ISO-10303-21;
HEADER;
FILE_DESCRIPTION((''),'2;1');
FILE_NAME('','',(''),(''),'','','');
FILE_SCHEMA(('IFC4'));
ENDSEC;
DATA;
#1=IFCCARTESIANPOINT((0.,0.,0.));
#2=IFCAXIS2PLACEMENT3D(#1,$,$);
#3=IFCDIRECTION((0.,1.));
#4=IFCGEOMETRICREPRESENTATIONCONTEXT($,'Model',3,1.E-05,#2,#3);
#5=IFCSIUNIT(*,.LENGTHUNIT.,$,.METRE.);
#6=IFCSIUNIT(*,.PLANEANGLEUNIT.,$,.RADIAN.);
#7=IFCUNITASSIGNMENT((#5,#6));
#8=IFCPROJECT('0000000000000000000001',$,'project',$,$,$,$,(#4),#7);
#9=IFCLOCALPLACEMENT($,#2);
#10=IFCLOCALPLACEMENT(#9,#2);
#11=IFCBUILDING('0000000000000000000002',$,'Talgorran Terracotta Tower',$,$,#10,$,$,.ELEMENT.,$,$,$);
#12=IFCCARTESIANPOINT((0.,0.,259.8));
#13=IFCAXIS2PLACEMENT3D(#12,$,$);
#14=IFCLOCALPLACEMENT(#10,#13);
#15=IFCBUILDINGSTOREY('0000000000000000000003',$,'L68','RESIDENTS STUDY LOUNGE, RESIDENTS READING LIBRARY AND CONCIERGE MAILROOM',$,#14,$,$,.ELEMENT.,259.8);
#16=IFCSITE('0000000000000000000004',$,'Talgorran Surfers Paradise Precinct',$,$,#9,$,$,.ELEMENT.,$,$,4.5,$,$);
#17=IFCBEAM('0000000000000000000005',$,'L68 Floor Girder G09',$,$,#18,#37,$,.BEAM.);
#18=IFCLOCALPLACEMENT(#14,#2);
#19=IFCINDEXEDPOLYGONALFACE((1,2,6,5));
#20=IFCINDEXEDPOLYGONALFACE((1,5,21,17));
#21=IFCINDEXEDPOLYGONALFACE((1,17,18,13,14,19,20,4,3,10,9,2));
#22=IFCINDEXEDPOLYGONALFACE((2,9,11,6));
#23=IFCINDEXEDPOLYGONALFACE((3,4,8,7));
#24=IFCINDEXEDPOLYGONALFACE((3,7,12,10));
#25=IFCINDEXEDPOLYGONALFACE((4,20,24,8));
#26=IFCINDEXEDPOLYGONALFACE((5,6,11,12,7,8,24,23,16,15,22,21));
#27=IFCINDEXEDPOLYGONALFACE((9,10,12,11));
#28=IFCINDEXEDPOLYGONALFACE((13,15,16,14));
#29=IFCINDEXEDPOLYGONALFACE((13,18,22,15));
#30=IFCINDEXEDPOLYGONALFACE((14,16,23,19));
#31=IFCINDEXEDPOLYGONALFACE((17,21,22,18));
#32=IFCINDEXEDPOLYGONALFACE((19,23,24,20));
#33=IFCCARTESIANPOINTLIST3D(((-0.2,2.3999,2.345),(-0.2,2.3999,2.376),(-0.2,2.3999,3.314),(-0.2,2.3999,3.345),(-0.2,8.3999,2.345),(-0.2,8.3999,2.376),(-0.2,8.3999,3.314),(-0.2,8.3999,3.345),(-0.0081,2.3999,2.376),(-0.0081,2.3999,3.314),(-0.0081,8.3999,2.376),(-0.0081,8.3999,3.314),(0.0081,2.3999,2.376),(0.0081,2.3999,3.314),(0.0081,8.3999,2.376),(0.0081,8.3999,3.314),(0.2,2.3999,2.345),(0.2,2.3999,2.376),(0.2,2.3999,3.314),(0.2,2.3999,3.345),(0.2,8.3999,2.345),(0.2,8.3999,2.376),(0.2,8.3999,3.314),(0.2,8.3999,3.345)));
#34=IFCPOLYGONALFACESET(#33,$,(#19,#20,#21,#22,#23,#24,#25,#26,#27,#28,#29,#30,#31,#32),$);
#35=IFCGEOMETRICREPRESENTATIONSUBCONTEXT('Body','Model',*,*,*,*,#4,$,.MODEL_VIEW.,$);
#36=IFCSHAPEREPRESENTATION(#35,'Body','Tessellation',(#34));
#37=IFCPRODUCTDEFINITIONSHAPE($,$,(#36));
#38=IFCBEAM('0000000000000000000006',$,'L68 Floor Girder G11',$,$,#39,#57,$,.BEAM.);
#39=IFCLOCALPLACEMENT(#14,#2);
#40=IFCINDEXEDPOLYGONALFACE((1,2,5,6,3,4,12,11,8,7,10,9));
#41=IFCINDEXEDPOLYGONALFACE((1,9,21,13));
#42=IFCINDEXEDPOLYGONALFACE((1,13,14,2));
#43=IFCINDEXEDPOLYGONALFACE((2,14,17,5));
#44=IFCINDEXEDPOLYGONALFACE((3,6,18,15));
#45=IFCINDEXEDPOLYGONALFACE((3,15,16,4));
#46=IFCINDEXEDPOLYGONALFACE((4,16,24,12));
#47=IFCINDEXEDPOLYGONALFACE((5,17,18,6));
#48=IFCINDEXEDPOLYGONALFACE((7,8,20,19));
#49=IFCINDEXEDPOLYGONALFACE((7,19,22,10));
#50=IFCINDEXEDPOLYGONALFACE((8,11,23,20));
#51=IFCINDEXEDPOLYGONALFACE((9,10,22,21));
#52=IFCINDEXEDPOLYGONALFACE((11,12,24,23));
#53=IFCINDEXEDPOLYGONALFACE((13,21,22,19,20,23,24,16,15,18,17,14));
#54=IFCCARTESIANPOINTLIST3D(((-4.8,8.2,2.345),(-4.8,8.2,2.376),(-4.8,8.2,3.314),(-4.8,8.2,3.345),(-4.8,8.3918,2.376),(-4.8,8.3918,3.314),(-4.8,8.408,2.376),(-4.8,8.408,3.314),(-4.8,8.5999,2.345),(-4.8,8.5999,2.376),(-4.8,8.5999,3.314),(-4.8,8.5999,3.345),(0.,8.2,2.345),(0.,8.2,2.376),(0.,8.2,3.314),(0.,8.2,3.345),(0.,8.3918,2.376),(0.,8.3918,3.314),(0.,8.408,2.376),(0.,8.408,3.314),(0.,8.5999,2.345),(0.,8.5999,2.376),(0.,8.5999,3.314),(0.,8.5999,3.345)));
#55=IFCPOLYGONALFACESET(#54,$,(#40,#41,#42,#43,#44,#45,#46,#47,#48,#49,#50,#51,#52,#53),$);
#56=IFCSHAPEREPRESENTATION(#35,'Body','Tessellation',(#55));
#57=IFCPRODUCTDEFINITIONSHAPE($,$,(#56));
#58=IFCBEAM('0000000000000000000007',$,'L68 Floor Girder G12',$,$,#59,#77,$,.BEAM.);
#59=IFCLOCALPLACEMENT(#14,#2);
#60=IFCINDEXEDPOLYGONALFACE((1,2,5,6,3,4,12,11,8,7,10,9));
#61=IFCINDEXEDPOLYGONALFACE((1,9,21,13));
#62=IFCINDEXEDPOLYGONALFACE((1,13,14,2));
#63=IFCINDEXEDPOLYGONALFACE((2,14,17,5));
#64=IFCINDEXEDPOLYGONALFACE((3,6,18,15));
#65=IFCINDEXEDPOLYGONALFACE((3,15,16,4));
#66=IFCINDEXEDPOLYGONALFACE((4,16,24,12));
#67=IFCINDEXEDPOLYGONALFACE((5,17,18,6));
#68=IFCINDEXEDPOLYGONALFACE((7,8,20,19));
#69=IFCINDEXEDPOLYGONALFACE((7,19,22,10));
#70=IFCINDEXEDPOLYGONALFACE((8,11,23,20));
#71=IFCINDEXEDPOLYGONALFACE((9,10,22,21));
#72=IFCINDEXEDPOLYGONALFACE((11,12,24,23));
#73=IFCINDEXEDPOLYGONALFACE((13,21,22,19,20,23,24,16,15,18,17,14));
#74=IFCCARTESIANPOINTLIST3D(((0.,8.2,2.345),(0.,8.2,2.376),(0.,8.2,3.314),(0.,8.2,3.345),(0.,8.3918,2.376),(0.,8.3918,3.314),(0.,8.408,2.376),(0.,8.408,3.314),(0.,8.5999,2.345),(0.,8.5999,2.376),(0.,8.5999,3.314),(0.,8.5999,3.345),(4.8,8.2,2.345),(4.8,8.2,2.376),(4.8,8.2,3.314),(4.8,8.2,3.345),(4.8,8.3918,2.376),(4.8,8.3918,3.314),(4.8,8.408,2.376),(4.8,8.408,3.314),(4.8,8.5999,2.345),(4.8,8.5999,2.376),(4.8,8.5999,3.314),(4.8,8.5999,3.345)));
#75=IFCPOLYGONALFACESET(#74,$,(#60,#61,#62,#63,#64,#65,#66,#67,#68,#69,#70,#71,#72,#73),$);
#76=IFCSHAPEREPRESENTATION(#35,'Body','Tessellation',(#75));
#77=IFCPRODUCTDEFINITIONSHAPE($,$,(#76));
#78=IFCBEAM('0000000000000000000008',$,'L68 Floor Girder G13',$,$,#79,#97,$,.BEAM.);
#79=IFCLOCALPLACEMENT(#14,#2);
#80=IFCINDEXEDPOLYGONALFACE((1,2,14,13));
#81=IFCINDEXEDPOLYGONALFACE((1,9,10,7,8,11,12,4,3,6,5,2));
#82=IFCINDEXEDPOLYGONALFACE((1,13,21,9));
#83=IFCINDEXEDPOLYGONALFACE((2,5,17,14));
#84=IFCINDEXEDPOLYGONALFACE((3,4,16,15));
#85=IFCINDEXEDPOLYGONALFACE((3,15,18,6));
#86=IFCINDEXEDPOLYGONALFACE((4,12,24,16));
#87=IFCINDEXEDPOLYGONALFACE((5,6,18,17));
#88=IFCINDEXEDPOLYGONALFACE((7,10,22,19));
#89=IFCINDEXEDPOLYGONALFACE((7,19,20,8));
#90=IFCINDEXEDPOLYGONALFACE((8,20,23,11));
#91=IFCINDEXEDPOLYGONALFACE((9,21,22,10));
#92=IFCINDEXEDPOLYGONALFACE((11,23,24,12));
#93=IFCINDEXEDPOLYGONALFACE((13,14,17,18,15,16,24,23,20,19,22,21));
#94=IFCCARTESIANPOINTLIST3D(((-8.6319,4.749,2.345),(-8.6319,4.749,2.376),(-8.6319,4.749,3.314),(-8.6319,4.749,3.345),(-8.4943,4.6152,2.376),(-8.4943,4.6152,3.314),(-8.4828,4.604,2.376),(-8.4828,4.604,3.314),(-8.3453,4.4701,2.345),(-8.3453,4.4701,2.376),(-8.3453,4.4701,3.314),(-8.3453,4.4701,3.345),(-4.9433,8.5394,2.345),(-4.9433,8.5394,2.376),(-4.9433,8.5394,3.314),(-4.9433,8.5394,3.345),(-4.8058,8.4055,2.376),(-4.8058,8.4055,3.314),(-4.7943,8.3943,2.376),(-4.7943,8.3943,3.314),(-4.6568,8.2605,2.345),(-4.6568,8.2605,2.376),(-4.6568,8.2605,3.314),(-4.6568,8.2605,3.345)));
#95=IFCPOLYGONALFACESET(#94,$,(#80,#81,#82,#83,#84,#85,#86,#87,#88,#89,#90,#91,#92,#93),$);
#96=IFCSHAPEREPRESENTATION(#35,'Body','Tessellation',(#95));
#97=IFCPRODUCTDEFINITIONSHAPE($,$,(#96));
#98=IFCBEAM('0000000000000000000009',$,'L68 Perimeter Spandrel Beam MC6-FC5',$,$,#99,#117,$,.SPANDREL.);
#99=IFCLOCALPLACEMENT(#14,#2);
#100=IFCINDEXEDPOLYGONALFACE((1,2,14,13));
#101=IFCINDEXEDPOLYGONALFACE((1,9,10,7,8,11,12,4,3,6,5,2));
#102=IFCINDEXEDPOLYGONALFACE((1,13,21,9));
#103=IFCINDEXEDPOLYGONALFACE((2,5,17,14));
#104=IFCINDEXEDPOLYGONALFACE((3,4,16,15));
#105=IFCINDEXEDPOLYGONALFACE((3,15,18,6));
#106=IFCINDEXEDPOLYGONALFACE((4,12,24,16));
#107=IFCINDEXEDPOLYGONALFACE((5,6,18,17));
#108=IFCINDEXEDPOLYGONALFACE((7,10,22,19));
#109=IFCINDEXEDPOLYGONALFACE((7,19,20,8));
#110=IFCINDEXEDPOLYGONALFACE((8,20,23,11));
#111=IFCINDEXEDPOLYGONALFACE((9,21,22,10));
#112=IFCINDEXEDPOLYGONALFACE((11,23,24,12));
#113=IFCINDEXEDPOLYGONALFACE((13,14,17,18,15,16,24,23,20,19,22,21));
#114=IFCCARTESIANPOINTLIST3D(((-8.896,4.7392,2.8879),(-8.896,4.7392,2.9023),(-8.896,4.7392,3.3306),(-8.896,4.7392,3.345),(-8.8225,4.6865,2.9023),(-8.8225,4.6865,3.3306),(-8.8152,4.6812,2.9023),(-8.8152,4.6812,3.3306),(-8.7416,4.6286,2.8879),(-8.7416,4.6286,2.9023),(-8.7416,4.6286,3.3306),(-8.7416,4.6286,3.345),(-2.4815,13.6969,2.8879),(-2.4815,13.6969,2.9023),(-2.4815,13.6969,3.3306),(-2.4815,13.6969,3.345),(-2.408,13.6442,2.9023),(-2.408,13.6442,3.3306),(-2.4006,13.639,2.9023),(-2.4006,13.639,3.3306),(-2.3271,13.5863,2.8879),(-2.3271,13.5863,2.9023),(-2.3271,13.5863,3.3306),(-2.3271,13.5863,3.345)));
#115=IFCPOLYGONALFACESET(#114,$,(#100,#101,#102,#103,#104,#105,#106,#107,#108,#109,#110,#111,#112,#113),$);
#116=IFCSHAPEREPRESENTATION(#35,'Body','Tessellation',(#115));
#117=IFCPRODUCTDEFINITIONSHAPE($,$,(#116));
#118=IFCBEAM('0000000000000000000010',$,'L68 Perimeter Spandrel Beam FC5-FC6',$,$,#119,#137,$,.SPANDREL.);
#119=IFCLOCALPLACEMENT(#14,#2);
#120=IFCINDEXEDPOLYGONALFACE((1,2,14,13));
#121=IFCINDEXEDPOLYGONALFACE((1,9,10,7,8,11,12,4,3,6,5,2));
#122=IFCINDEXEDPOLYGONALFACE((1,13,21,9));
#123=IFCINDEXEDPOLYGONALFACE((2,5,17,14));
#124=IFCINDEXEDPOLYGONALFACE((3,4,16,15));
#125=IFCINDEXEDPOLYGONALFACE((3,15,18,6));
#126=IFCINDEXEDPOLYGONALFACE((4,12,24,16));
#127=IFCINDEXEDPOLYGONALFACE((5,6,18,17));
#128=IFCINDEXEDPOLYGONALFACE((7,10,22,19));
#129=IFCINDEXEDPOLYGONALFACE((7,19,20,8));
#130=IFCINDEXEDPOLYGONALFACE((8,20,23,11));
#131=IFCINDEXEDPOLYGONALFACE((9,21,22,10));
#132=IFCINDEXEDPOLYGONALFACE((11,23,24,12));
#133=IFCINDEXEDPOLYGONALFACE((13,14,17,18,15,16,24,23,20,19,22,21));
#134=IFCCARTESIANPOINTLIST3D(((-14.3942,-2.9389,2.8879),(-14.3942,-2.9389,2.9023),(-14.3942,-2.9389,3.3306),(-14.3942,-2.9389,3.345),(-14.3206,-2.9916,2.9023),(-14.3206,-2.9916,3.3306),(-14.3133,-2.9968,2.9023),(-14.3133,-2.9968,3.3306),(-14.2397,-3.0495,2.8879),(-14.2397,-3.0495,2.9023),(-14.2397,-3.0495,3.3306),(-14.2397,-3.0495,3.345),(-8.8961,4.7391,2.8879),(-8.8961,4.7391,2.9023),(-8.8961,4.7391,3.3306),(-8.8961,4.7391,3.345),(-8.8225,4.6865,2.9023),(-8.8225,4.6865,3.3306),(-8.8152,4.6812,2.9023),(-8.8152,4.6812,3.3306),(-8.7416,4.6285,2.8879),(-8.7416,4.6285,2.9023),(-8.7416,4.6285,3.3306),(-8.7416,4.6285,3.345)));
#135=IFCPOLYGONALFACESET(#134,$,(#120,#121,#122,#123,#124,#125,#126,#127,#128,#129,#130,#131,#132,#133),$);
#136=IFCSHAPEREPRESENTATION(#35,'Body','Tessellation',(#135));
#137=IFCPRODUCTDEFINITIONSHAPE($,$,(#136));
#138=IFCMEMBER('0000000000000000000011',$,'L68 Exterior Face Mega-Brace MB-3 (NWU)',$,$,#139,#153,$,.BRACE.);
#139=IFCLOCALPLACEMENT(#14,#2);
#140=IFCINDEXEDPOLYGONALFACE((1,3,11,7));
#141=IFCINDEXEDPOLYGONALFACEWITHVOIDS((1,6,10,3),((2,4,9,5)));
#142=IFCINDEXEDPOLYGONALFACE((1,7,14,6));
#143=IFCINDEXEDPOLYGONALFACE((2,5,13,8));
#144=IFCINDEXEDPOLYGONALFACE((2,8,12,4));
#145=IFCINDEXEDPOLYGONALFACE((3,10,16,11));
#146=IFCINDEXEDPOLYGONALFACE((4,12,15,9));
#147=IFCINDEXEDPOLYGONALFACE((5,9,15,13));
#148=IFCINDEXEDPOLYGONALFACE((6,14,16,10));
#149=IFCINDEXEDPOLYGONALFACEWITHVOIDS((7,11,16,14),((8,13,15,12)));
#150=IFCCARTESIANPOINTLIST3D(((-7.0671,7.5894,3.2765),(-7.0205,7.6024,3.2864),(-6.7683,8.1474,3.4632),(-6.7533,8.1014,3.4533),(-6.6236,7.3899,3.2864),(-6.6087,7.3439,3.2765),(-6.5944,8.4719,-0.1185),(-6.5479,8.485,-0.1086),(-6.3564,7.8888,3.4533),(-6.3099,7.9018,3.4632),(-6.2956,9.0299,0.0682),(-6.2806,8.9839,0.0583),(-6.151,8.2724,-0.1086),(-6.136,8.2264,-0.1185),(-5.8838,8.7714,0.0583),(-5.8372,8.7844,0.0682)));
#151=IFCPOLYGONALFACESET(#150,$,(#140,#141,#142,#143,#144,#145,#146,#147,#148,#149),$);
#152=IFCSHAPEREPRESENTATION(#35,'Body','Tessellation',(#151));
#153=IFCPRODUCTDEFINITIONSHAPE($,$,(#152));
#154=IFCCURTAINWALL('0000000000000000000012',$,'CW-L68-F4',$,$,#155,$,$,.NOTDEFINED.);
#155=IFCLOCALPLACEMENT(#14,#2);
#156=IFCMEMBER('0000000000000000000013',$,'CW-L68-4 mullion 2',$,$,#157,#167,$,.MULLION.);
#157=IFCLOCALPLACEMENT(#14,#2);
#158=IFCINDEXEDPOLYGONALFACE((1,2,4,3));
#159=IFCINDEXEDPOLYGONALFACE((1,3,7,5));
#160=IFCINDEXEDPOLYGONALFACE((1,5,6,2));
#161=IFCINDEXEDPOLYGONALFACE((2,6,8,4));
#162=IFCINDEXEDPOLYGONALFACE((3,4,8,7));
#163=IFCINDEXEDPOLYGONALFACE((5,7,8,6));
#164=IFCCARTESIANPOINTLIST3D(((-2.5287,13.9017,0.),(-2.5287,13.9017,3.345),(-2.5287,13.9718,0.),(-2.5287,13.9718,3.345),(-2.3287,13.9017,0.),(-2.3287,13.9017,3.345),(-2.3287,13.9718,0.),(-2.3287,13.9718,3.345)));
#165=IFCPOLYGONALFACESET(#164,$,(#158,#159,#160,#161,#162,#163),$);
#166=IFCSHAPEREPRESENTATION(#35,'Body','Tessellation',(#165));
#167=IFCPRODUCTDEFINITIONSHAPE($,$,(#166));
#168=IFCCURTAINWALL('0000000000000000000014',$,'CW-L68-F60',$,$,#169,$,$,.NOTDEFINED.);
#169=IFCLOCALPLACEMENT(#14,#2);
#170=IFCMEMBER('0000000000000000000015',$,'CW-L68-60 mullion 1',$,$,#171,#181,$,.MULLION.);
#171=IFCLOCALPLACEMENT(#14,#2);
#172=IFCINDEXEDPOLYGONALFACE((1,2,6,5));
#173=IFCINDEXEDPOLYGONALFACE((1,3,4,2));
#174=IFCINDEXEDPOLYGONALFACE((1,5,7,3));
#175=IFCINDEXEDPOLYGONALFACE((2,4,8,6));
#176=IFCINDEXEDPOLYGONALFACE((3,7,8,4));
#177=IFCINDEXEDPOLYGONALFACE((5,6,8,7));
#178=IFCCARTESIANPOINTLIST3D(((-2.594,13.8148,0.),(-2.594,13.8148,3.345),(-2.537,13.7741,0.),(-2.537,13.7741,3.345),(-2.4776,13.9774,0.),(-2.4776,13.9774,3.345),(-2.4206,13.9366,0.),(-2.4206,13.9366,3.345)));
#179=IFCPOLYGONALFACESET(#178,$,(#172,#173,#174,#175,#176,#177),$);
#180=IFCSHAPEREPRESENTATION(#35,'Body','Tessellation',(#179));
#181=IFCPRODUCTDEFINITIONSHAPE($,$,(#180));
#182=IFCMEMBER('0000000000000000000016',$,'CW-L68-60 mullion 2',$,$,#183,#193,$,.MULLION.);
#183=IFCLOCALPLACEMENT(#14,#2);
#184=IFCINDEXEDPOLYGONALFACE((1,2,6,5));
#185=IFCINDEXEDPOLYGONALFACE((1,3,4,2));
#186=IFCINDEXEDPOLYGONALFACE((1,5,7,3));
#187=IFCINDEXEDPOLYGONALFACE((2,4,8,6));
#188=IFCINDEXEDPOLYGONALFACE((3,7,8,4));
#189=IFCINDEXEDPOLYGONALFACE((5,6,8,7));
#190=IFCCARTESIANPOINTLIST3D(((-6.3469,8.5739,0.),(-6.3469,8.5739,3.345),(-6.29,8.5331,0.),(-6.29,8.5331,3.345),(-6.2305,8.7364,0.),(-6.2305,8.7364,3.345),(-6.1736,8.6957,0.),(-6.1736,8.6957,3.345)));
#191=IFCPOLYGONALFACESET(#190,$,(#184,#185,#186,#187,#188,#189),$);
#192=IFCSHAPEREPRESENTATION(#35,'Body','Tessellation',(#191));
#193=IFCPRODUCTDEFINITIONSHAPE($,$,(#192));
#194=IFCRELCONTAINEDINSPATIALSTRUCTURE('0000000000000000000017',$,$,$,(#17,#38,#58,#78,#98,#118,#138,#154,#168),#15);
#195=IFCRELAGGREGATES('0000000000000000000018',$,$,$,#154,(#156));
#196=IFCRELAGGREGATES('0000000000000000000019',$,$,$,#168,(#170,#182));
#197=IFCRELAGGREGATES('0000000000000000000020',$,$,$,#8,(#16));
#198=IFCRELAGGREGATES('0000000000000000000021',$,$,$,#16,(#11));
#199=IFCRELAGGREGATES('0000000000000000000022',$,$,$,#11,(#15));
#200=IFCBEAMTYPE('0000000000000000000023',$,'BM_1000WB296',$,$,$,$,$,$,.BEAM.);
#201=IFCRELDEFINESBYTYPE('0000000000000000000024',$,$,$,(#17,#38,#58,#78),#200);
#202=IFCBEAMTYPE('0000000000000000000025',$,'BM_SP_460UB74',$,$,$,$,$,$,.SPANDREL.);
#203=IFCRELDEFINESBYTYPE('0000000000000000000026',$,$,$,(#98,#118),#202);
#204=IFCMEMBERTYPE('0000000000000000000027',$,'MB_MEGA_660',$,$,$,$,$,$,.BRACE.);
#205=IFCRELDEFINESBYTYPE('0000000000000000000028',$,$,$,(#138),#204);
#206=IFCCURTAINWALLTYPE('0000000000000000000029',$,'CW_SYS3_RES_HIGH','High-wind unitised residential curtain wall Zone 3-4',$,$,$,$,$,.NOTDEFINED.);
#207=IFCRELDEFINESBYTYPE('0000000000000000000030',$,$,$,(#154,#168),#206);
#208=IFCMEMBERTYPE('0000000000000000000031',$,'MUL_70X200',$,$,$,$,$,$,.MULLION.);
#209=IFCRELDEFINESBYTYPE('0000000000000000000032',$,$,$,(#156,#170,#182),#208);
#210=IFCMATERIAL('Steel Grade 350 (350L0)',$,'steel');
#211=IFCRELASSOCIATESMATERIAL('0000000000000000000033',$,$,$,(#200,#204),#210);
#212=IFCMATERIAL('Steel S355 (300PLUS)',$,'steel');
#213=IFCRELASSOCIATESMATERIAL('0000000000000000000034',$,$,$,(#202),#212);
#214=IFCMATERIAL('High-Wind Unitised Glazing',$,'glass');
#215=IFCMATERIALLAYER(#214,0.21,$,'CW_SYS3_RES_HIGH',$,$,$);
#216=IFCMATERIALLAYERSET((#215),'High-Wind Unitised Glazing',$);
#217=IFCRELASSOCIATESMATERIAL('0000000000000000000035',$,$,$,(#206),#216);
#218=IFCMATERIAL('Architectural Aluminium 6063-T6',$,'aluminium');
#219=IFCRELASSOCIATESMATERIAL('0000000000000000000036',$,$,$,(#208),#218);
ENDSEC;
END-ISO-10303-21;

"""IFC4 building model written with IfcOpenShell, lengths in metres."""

from ifc_helpers import new_model, si_unit, direction, frame, origin, origin_2d, place, context, subcontext, project, spatial, rectangle, hollow_rectangle, i_section, extrude, material, layer, layer_set, material_profile, profile_set, type_object, element, aggregate, save


model = new_model("IFC4")

# Units and contexts
model_context = context("Model", 3, precision=1e-05, world=origin(), true_north=direction((0.0, 1.0)))
body_context = subcontext(model_context, "Body", "Model", "MODEL_VIEW")
ifc_project = project(units=[si_unit("LENGTHUNIT", "METRE"), si_unit("PLANEANGLEUNIT", "RADIAN")], contexts=[model_context])

# Site, building, storey
site_placement = place(None, origin())
site = spatial("IfcSite", under=ifc_project, at=site_placement, Name="Talgorran Surfers Paradise Precinct", CompositionType="ELEMENT", RefElevation=4.5)
building_placement = place(site_placement, origin())
building = spatial("IfcBuilding", under=site, at=building_placement, Name="Talgorran Terracotta Tower", CompositionType="ELEMENT")
storey_placement = place(building_placement, frame((0.0, 0.0, 259.8)))
storey = spatial("IfcBuildingStorey", under=building, at=storey_placement, Name="L68", Description="RESIDENTS STUDY LOUNGE, RESIDENTS READING LIBRARY AND CONCIERGE MAILROOM", CompositionType="ELEMENT", Elevation=259.8)

# Shared definitions
ifc_material_1 = material(Name="Steel S355 (300PLUS)", Category="steel")
ifc_material_2 = material(Name="Steel Grade 350 (350L0)", Category="steel")

# Beams
ifc_material_profile_1 = material_profile(ifc_material_2, i_section(OverallWidth=0.3999, OverallDepth=1.0, WebThickness=0.0161, FlangeThickness=0.031, at=origin_2d()), Name="1000WB296")
ifc_profile_set_1 = profile_set([ifc_material_profile_1], Name="Steel Grade 350 (350L0)")
beam_type_1 = type_object("IfcBeamType", Name="BM_1000WB296", PredefinedType="BEAM", material=ifc_profile_set_1)
beam_1_placement = place(storey_placement, frame((0.0, 2.3999, 2.845), z_axis=(0.0, 1.0, 0.0), x_axis=(-1.0, 0.0, 0.0)))
element("IfcBeam", 1, at=beam_1_placement, inside=storey, type_object=beam_type_1, Name="L68 Floor Girder G09", PredefinedType="BEAM", context=body_context, shape_type="SweptSolid", body=[
    extrude(i_section(OverallWidth=0.3999, OverallDepth=1.0, WebThickness=0.0161, FlangeThickness=0.031, at=origin_2d()), origin(), (0.0, 0.0, 1.0), 6.0),
])
for number, where, z_axis, x_axis, name in (
    (2, (-4.8, 8.3999, 2.845), (1.0, 0.0, 0.0), (0.0, 1.0, 0.0), "L68 Floor Girder G11"),
    (3, (0.0, 8.3999, 2.845), (1.0, 0.0, 0.0), (0.0, 1.0, 0.0), "L68 Floor Girder G12"),
):
    element("IfcBeam", number, at=place(storey_placement, frame(where, z_axis=z_axis, x_axis=x_axis)), inside=storey, type_object=beam_type_1, Name=name, PredefinedType="BEAM", context=body_context, shape_type="SweptSolid", body=[
        extrude(i_section(OverallWidth=0.3999, OverallDepth=1.0, WebThickness=0.0161, FlangeThickness=0.031, at=origin_2d()), origin(), (0.0, 0.0, 1.0), 4.8),
    ])
beam_2_placement = place(storey_placement, frame((-4.8, 8.3999, 2.845), z_axis=(-0.697416, -0.716666, 0.0), x_axis=(0.716666, -0.697416, 0.0)))
element("IfcBeam", 4, at=beam_2_placement, inside=storey, type_object=beam_type_1, Name="L68 Floor Girder G13", PredefinedType="BEAM", context=body_context, shape_type="SweptSolid", body=[
    extrude(i_section(OverallWidth=0.3999, OverallDepth=1.0, WebThickness=0.0161, FlangeThickness=0.031, at=origin_2d()), origin(), (0.0, 0.0, 1.0), 5.2888),
])
ifc_material_profile_2 = material_profile(ifc_material_1, i_section(OverallWidth=0.1899, OverallDepth=0.457, WebThickness=0.009, FlangeThickness=0.0144, at=origin_2d()), Name="460UB74.6")
ifc_profile_set_2 = profile_set([ifc_material_profile_2], Name="Steel S355 (300PLUS)")
beam_type_2 = type_object("IfcBeamType", Name="BM_SP_460UB74", PredefinedType="SPANDREL", material=ifc_profile_set_2)
beam_3_placement = place(storey_placement, frame((-2.4043, 13.6416, 3.1165), z_axis=(-0.582208, -0.81304, 0.0), x_axis=(0.81304, -0.582208, 0.0)))
element("IfcBeam", 5, at=beam_3_placement, inside=storey, type_object=beam_type_2, Name="L68 Perimeter Spandrel Beam MC6-FC5", PredefinedType="SPANDREL", context=body_context, shape_type="SweptSolid", body=[
    extrude(i_section(OverallWidth=0.1899, OverallDepth=0.457, WebThickness=0.009, FlangeThickness=0.0144, at=origin_2d()), origin(), (0.0, 0.0, 1.0), 11.0176),
])
beam_4_placement = place(storey_placement, frame((-8.8188, 4.6838, 3.1165), z_axis=(-0.582204, -0.813043, 0.0), x_axis=(0.813043, -0.582204, 0.0)))
element("IfcBeam", 6, at=beam_4_placement, inside=storey, type_object=beam_type_2, Name="L68 Perimeter Spandrel Beam FC5-FC6", PredefinedType="SPANDREL", context=body_context, shape_type="SweptSolid", body=[
    extrude(i_section(OverallWidth=0.1899, OverallDepth=0.457, WebThickness=0.009, FlangeThickness=0.0144, at=origin_2d()), origin(), (0.0, 0.0, 1.0), 9.4436),
])

# Member
ifc_material_profile_3 = material_profile(ifc_material_2, hollow_rectangle(XDim=0.52, YDim=0.6599, WallThickness=0.0349, at=origin_2d()), Name="WBOX660X520X35")
ifc_profile_set_3 = profile_set([ifc_material_profile_3], Name="Steel Grade 350 (350L0)")
member_type_1 = type_object("IfcMemberType", Name="MB_MEGA_660", PredefinedType="BRACE", material=ifc_profile_set_3)
member_1_placement = place(storey_placement, frame((-6.2158, 8.6282, -0.0251), z_axis=(-0.133535, -0.249344, 0.959164), x_axis=(0.881542, -0.472106, 0.0)))
element("IfcMember", 7, at=member_1_placement, inside=storey, type_object=member_type_1, Name="L68 Exterior Face Mega-Brace MB-3 (NWU)", PredefinedType="BRACE", context=body_context, shape_type="SweptSolid", body=[
    extrude(hollow_rectangle(XDim=0.52, YDim=0.6599, WallThickness=0.0349, at=origin_2d()), origin(), (0.0, 0.0, 1.0), 3.5396),
])

# Curtain wall, member
ifc_material_3 = material(Name="High-Wind Unitised Glazing", Category="glass")
ifc_layer_1 = layer(ifc_material_3, 0.21, Name="CW_SYS3_RES_HIGH")
ifc_layer_set_1 = layer_set([ifc_layer_1], Name="High-Wind Unitised Glazing")
curtain_wall_type = type_object("IfcCurtainWallType", Name="CW_SYS3_RES_HIGH", Description="High-wind unitised residential curtain wall Zone 3-4", PredefinedType="NOTDEFINED", material=ifc_layer_set_1)
curtain_wall_1_placement = place(storey_placement, origin())
curtain_wall_1 = element("IfcCurtainWall", 8, at=curtain_wall_1_placement, inside=storey, type_object=curtain_wall_type, Name="CW-L68-F4", PredefinedType="NOTDEFINED")
ifc_material_4 = material(Name="Architectural Aluminium 6063-T6", Category="aluminium")
ifc_material_profile_4 = material_profile(ifc_material_4, rectangle(XDim=0.0701, YDim=0.2, at=origin_2d()), Name="CWM70X200")
ifc_profile_set_4 = profile_set([ifc_material_profile_4], Name="Architectural Aluminium 6063-T6")
member_type_2 = type_object("IfcMemberType", Name="MUL_70X200", PredefinedType="MULLION", material=ifc_profile_set_4)
member_2_placement = place(storey_placement, frame((-2.4287, 13.9368, 0.0), z_axis=(0.0, 0.0, 1.0), x_axis=(0.0, -1.0, 0.0)))
member_2 = element("IfcMember", 9, at=member_2_placement, type_object=member_type_2, Name="CW-L68-4 mullion 2", PredefinedType="MULLION", context=body_context, shape_type="SweptSolid", body=[
    extrude(rectangle(XDim=0.0701, YDim=0.2, at=origin_2d()), origin(), (0.0, 0.0, 1.0), 3.345),
])
aggregate(curtain_wall_1, [member_2])

# Curtain wall, members
curtain_wall_2_placement = place(storey_placement, origin())
curtain_wall_2 = element("IfcCurtainWall", 10, at=curtain_wall_2_placement, inside=storey, type_object=curtain_wall_type, Name="CW-L68-F60", PredefinedType="NOTDEFINED")
member_3_placement = place(storey_placement, frame((-2.5073, 13.8757, 0.0), z_axis=(0.0, 0.0, 1.0), x_axis=(0.813041, -0.582206, 0.0)))
member_3 = element("IfcMember", 11, at=member_3_placement, type_object=member_type_2, Name="CW-L68-60 mullion 1", PredefinedType="MULLION", context=body_context, shape_type="SweptSolid", body=[
    extrude(rectangle(XDim=0.0701, YDim=0.2, at=origin_2d()), origin(), (0.0, 0.0, 1.0), 3.345),
])
member_4_placement = place(storey_placement, frame((-6.2603, 8.6348, 0.0), z_axis=(0.0, 0.0, 1.0), x_axis=(0.813041, -0.582206, 0.0)))
member_4 = element("IfcMember", 12, at=member_4_placement, type_object=member_type_2, Name="CW-L68-60 mullion 2", PredefinedType="MULLION", context=body_context, shape_type="SweptSolid", body=[
    extrude(rectangle(XDim=0.0701, YDim=0.2, at=origin_2d()), origin(), (0.0, 0.0, 1.0), 3.345),
])

aggregate(curtain_wall_2, [member_3, member_4])

save(model, "model.ifc")
